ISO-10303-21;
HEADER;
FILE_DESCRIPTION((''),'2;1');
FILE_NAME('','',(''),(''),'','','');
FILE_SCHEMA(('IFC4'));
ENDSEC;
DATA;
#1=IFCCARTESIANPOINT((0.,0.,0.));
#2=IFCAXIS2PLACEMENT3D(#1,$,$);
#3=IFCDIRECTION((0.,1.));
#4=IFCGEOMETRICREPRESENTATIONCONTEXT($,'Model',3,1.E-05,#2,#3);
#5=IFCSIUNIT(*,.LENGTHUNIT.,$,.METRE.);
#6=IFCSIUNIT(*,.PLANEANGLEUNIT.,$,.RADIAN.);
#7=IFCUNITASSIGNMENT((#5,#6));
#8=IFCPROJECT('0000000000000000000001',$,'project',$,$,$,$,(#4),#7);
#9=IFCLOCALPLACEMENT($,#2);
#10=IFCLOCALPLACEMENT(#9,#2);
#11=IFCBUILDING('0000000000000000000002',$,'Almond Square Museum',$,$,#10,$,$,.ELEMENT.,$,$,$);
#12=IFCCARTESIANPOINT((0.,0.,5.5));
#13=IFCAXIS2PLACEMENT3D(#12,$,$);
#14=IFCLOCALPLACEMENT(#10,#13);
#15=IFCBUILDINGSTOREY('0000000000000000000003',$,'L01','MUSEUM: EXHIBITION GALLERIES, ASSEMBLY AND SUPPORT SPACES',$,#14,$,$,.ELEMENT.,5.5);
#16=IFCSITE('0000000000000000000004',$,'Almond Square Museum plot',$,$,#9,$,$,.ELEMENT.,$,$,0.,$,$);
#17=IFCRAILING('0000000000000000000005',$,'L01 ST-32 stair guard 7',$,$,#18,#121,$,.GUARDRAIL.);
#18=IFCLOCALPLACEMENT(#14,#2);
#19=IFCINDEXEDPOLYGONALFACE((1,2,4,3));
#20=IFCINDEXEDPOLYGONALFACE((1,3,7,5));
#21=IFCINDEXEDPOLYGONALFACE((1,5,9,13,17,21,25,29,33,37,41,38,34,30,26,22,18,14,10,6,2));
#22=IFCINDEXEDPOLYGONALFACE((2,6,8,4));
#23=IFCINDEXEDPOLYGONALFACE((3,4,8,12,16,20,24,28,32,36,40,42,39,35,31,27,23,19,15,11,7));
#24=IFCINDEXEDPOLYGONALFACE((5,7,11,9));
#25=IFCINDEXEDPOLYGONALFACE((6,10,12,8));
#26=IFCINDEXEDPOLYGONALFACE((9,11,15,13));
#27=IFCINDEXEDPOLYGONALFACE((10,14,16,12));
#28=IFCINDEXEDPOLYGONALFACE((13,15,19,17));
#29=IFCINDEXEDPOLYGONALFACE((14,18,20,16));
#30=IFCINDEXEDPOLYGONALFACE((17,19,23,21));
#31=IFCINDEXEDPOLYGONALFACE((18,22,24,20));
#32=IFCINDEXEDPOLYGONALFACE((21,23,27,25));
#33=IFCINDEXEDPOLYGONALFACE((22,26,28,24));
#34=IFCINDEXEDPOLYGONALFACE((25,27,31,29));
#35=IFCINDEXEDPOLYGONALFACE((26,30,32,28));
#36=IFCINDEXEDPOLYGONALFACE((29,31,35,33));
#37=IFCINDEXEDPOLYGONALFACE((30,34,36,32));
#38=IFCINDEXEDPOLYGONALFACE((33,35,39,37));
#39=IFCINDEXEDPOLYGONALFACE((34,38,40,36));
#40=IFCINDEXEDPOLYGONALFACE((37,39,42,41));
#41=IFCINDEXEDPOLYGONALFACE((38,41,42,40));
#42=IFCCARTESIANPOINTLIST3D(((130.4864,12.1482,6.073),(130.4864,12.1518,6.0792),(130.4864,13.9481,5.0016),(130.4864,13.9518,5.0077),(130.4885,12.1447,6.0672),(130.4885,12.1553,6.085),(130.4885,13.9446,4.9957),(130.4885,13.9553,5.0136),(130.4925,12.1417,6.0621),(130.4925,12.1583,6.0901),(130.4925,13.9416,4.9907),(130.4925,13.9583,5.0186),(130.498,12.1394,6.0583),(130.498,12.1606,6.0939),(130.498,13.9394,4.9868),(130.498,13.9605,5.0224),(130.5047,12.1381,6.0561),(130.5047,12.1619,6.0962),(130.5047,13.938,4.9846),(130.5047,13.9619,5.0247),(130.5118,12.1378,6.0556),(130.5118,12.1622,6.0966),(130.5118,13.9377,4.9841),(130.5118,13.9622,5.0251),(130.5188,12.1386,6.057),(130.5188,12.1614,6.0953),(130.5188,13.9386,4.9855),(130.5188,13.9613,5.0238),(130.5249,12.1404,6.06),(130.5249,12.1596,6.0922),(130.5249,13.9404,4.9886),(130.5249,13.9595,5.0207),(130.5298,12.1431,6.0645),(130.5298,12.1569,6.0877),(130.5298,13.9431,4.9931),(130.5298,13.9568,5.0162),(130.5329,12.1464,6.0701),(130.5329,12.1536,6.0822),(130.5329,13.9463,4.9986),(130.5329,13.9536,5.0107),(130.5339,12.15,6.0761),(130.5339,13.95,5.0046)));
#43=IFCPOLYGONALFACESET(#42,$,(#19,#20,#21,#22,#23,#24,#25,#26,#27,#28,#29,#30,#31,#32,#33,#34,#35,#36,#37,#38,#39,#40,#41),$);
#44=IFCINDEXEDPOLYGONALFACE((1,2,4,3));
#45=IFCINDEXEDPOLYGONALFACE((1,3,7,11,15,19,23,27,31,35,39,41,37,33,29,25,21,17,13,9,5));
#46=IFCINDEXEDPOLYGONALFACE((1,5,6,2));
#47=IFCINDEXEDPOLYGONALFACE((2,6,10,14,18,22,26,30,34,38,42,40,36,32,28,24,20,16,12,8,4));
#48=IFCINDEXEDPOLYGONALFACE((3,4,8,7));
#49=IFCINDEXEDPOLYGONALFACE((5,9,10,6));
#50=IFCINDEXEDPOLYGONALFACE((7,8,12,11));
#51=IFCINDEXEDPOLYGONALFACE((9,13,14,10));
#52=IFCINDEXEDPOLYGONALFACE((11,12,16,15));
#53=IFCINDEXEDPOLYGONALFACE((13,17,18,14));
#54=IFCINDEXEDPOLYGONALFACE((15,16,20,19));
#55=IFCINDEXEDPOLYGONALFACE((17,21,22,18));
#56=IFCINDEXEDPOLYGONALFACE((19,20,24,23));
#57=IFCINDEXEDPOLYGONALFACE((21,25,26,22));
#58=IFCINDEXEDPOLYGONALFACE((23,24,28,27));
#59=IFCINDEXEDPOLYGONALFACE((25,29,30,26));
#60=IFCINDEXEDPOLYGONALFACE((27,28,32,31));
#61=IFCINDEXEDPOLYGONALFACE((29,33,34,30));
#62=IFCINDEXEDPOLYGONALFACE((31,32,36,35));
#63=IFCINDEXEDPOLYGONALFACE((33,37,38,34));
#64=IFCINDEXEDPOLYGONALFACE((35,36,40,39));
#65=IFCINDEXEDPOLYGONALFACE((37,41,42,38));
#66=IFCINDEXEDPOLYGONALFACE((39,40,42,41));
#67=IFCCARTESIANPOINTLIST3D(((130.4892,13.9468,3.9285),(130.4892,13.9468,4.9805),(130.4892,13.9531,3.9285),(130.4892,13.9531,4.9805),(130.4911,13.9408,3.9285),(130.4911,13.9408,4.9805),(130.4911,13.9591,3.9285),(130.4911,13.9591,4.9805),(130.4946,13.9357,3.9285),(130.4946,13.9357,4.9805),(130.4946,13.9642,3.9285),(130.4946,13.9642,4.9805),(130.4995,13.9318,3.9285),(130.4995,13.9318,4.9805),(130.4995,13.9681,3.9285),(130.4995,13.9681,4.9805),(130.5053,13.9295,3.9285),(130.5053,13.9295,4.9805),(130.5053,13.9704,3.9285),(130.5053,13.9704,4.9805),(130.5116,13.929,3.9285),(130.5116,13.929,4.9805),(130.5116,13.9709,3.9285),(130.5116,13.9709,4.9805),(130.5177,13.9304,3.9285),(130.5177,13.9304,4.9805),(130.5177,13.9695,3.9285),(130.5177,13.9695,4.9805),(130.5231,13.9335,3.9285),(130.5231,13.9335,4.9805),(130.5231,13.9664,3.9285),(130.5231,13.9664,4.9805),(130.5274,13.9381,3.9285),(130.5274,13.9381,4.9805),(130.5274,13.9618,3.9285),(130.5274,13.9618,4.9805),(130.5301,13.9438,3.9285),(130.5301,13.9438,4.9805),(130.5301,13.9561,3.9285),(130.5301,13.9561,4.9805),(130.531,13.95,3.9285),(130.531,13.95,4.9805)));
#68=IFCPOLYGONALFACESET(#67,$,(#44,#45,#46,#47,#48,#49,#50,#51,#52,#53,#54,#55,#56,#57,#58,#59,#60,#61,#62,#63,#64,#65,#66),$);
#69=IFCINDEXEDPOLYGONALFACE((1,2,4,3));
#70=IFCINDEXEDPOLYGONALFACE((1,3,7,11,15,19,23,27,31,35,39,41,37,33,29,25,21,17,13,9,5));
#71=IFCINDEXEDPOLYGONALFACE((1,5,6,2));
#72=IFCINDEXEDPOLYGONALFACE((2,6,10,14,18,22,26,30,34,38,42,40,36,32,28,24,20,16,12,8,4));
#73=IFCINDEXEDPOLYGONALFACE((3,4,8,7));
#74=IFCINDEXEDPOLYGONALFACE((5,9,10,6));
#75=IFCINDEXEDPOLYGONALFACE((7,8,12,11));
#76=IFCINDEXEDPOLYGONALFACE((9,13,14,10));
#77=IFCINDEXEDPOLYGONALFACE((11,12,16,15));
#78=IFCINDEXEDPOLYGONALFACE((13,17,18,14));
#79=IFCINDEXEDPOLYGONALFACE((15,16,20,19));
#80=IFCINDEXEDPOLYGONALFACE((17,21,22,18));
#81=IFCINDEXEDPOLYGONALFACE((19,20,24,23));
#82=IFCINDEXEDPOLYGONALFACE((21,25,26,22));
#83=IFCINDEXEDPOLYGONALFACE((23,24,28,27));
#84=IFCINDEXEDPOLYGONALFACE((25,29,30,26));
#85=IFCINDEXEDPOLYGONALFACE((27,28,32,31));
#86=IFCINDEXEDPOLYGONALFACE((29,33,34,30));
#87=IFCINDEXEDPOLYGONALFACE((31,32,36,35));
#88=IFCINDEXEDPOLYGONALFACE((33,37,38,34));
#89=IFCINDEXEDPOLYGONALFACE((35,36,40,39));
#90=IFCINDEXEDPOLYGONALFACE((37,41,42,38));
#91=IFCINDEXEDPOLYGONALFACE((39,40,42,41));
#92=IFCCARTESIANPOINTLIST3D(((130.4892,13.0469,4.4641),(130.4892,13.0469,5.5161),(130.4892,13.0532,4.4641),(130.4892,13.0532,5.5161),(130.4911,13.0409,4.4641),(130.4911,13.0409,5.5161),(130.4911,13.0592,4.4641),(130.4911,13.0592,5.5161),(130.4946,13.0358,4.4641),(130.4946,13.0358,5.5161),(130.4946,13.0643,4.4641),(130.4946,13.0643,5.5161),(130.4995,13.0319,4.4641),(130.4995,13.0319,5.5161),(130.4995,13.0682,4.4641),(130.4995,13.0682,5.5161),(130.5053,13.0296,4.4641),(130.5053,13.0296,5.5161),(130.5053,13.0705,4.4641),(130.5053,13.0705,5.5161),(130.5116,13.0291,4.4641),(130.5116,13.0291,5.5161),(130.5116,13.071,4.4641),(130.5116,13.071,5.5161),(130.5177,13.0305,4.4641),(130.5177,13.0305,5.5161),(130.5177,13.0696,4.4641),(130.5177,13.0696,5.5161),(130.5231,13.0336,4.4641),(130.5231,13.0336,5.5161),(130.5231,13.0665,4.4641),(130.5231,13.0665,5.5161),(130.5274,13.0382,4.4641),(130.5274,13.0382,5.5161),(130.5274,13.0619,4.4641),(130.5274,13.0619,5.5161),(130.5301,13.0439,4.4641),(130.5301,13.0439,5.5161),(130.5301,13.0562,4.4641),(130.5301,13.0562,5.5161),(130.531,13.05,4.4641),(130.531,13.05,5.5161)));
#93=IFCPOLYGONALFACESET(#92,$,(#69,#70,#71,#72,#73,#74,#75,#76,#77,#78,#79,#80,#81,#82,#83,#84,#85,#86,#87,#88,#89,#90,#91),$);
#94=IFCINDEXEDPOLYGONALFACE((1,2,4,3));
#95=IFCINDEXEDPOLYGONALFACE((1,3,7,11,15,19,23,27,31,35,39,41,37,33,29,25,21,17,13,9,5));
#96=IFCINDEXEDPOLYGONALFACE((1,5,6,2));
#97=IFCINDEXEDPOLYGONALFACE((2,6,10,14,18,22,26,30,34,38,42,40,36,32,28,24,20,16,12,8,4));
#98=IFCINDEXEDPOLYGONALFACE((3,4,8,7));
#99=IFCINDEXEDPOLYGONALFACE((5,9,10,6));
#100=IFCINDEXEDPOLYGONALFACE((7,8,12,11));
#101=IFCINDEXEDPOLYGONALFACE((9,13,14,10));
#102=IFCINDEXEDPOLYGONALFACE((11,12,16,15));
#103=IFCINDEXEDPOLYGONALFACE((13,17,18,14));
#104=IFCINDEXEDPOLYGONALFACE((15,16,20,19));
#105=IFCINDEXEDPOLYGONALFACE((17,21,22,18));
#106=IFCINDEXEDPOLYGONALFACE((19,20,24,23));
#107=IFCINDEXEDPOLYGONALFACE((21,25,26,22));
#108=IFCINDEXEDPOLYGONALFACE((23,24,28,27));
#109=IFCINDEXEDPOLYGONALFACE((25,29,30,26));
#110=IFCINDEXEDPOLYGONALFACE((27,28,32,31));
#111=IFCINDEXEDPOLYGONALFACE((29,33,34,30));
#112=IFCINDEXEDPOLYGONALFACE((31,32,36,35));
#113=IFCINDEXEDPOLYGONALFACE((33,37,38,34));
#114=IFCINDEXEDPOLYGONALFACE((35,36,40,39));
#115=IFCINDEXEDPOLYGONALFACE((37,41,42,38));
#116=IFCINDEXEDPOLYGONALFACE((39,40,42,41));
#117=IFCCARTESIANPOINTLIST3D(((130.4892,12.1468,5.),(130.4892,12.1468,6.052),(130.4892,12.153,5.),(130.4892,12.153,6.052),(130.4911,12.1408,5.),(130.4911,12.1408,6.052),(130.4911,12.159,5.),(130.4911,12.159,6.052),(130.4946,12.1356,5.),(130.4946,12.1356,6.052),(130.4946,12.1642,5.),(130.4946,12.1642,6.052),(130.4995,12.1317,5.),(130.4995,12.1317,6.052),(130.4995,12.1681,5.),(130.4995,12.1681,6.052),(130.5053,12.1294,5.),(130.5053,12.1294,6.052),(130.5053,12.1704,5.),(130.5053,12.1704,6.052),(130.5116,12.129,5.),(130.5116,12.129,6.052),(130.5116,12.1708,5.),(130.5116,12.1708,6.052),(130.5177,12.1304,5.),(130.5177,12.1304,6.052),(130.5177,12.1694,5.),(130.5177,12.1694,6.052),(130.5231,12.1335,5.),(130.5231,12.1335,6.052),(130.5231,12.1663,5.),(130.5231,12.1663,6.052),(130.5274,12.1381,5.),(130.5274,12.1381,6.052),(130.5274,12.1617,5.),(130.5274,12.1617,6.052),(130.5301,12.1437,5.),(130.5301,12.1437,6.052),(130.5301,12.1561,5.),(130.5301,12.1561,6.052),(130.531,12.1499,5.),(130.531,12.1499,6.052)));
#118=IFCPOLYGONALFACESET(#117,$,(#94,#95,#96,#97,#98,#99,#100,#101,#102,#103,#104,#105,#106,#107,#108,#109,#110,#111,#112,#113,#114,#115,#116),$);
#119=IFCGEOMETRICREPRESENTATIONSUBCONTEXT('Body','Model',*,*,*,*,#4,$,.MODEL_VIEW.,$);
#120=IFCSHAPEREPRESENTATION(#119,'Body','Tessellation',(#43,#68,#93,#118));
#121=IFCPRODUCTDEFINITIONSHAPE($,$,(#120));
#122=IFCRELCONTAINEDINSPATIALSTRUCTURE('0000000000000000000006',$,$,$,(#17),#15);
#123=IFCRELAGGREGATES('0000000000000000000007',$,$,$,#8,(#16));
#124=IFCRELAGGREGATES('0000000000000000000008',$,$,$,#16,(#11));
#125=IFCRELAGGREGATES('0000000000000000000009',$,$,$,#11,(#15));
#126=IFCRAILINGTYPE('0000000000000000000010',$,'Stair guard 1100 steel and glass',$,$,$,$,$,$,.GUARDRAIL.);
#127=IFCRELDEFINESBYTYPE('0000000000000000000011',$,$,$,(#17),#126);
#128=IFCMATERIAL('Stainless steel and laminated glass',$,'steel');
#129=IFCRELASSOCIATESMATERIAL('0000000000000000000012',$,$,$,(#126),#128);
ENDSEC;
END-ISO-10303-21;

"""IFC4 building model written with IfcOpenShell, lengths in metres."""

from ifc_helpers import new_model, si_unit, direction, frame, origin, origin_2d, place, context, subcontext, project, spatial, circle, extrude, material, type_object, element, save


model = new_model("IFC4")

# Units and contexts
model_context = context("Model", 3, precision=1e-05, world=origin(), true_north=direction((0.0, 1.0)))
body_context = subcontext(model_context, "Body", "Model", "MODEL_VIEW")
ifc_project = project(units=[si_unit("LENGTHUNIT", "METRE"), si_unit("PLANEANGLEUNIT", "RADIAN")], contexts=[model_context])

# Site, building, storey
site_placement = place(None, origin())
site = spatial("IfcSite", under=ifc_project, at=site_placement, Name="Almond Square Museum plot", CompositionType="ELEMENT", RefElevation=0.0)
building_placement = place(site_placement, origin())
building = spatial("IfcBuilding", under=site, at=building_placement, Name="Almond Square Museum", CompositionType="ELEMENT")
storey_placement = place(building_placement, frame((0.0, 0.0, 5.5)))
storey = spatial("IfcBuildingStorey", under=building, at=storey_placement, Name="L01", Description="MUSEUM: EXHIBITION GALLERIES, ASSEMBLY AND SUPPORT SPACES", CompositionType="ELEMENT", Elevation=5.5)

# Railing
ifc_material_1 = material(Name="Stainless steel and laminated glass", Category="steel")
railing_type_1 = type_object("IfcRailingType", Name="Stair guard 1100 steel and glass", PredefinedType="GUARDRAIL", material=ifc_material_1)
railing_1_placement = place(storey_placement, frame((130.51, 13.95, 3.9285)))
element("IfcRailing", 1, at=railing_1_placement, inside=storey, type_object=railing_type_1, Name="L01 ST-32 stair guard 7", PredefinedType="GUARDRAIL", context=body_context, shape_type="SweptSolid", body=[
    extrude(circle(Radius=0.0239, at=origin_2d()), frame((0.0, 0.0, 1.0762), z_axis=(0.0, -0.859277, 0.51151), x_axis=(1.0, 0.0, 0.0)), (0.0, 0.0, 1.0), 2.0947),
    extrude(circle(Radius=0.021, at=origin_2d()), origin(), (0.0, 0.0, 1.0), 1.052),
    extrude(circle(Radius=0.021, at=origin_2d()), frame((0.0, -0.8999, 0.5356)), (0.0, 0.0, 1.0), 1.052),
    extrude(circle(Radius=0.021, at=origin_2d()), frame((0.0, -1.8, 1.0715)), (0.0, 0.0, 1.0), 1.052),
])

save(model, "model.ifc")
